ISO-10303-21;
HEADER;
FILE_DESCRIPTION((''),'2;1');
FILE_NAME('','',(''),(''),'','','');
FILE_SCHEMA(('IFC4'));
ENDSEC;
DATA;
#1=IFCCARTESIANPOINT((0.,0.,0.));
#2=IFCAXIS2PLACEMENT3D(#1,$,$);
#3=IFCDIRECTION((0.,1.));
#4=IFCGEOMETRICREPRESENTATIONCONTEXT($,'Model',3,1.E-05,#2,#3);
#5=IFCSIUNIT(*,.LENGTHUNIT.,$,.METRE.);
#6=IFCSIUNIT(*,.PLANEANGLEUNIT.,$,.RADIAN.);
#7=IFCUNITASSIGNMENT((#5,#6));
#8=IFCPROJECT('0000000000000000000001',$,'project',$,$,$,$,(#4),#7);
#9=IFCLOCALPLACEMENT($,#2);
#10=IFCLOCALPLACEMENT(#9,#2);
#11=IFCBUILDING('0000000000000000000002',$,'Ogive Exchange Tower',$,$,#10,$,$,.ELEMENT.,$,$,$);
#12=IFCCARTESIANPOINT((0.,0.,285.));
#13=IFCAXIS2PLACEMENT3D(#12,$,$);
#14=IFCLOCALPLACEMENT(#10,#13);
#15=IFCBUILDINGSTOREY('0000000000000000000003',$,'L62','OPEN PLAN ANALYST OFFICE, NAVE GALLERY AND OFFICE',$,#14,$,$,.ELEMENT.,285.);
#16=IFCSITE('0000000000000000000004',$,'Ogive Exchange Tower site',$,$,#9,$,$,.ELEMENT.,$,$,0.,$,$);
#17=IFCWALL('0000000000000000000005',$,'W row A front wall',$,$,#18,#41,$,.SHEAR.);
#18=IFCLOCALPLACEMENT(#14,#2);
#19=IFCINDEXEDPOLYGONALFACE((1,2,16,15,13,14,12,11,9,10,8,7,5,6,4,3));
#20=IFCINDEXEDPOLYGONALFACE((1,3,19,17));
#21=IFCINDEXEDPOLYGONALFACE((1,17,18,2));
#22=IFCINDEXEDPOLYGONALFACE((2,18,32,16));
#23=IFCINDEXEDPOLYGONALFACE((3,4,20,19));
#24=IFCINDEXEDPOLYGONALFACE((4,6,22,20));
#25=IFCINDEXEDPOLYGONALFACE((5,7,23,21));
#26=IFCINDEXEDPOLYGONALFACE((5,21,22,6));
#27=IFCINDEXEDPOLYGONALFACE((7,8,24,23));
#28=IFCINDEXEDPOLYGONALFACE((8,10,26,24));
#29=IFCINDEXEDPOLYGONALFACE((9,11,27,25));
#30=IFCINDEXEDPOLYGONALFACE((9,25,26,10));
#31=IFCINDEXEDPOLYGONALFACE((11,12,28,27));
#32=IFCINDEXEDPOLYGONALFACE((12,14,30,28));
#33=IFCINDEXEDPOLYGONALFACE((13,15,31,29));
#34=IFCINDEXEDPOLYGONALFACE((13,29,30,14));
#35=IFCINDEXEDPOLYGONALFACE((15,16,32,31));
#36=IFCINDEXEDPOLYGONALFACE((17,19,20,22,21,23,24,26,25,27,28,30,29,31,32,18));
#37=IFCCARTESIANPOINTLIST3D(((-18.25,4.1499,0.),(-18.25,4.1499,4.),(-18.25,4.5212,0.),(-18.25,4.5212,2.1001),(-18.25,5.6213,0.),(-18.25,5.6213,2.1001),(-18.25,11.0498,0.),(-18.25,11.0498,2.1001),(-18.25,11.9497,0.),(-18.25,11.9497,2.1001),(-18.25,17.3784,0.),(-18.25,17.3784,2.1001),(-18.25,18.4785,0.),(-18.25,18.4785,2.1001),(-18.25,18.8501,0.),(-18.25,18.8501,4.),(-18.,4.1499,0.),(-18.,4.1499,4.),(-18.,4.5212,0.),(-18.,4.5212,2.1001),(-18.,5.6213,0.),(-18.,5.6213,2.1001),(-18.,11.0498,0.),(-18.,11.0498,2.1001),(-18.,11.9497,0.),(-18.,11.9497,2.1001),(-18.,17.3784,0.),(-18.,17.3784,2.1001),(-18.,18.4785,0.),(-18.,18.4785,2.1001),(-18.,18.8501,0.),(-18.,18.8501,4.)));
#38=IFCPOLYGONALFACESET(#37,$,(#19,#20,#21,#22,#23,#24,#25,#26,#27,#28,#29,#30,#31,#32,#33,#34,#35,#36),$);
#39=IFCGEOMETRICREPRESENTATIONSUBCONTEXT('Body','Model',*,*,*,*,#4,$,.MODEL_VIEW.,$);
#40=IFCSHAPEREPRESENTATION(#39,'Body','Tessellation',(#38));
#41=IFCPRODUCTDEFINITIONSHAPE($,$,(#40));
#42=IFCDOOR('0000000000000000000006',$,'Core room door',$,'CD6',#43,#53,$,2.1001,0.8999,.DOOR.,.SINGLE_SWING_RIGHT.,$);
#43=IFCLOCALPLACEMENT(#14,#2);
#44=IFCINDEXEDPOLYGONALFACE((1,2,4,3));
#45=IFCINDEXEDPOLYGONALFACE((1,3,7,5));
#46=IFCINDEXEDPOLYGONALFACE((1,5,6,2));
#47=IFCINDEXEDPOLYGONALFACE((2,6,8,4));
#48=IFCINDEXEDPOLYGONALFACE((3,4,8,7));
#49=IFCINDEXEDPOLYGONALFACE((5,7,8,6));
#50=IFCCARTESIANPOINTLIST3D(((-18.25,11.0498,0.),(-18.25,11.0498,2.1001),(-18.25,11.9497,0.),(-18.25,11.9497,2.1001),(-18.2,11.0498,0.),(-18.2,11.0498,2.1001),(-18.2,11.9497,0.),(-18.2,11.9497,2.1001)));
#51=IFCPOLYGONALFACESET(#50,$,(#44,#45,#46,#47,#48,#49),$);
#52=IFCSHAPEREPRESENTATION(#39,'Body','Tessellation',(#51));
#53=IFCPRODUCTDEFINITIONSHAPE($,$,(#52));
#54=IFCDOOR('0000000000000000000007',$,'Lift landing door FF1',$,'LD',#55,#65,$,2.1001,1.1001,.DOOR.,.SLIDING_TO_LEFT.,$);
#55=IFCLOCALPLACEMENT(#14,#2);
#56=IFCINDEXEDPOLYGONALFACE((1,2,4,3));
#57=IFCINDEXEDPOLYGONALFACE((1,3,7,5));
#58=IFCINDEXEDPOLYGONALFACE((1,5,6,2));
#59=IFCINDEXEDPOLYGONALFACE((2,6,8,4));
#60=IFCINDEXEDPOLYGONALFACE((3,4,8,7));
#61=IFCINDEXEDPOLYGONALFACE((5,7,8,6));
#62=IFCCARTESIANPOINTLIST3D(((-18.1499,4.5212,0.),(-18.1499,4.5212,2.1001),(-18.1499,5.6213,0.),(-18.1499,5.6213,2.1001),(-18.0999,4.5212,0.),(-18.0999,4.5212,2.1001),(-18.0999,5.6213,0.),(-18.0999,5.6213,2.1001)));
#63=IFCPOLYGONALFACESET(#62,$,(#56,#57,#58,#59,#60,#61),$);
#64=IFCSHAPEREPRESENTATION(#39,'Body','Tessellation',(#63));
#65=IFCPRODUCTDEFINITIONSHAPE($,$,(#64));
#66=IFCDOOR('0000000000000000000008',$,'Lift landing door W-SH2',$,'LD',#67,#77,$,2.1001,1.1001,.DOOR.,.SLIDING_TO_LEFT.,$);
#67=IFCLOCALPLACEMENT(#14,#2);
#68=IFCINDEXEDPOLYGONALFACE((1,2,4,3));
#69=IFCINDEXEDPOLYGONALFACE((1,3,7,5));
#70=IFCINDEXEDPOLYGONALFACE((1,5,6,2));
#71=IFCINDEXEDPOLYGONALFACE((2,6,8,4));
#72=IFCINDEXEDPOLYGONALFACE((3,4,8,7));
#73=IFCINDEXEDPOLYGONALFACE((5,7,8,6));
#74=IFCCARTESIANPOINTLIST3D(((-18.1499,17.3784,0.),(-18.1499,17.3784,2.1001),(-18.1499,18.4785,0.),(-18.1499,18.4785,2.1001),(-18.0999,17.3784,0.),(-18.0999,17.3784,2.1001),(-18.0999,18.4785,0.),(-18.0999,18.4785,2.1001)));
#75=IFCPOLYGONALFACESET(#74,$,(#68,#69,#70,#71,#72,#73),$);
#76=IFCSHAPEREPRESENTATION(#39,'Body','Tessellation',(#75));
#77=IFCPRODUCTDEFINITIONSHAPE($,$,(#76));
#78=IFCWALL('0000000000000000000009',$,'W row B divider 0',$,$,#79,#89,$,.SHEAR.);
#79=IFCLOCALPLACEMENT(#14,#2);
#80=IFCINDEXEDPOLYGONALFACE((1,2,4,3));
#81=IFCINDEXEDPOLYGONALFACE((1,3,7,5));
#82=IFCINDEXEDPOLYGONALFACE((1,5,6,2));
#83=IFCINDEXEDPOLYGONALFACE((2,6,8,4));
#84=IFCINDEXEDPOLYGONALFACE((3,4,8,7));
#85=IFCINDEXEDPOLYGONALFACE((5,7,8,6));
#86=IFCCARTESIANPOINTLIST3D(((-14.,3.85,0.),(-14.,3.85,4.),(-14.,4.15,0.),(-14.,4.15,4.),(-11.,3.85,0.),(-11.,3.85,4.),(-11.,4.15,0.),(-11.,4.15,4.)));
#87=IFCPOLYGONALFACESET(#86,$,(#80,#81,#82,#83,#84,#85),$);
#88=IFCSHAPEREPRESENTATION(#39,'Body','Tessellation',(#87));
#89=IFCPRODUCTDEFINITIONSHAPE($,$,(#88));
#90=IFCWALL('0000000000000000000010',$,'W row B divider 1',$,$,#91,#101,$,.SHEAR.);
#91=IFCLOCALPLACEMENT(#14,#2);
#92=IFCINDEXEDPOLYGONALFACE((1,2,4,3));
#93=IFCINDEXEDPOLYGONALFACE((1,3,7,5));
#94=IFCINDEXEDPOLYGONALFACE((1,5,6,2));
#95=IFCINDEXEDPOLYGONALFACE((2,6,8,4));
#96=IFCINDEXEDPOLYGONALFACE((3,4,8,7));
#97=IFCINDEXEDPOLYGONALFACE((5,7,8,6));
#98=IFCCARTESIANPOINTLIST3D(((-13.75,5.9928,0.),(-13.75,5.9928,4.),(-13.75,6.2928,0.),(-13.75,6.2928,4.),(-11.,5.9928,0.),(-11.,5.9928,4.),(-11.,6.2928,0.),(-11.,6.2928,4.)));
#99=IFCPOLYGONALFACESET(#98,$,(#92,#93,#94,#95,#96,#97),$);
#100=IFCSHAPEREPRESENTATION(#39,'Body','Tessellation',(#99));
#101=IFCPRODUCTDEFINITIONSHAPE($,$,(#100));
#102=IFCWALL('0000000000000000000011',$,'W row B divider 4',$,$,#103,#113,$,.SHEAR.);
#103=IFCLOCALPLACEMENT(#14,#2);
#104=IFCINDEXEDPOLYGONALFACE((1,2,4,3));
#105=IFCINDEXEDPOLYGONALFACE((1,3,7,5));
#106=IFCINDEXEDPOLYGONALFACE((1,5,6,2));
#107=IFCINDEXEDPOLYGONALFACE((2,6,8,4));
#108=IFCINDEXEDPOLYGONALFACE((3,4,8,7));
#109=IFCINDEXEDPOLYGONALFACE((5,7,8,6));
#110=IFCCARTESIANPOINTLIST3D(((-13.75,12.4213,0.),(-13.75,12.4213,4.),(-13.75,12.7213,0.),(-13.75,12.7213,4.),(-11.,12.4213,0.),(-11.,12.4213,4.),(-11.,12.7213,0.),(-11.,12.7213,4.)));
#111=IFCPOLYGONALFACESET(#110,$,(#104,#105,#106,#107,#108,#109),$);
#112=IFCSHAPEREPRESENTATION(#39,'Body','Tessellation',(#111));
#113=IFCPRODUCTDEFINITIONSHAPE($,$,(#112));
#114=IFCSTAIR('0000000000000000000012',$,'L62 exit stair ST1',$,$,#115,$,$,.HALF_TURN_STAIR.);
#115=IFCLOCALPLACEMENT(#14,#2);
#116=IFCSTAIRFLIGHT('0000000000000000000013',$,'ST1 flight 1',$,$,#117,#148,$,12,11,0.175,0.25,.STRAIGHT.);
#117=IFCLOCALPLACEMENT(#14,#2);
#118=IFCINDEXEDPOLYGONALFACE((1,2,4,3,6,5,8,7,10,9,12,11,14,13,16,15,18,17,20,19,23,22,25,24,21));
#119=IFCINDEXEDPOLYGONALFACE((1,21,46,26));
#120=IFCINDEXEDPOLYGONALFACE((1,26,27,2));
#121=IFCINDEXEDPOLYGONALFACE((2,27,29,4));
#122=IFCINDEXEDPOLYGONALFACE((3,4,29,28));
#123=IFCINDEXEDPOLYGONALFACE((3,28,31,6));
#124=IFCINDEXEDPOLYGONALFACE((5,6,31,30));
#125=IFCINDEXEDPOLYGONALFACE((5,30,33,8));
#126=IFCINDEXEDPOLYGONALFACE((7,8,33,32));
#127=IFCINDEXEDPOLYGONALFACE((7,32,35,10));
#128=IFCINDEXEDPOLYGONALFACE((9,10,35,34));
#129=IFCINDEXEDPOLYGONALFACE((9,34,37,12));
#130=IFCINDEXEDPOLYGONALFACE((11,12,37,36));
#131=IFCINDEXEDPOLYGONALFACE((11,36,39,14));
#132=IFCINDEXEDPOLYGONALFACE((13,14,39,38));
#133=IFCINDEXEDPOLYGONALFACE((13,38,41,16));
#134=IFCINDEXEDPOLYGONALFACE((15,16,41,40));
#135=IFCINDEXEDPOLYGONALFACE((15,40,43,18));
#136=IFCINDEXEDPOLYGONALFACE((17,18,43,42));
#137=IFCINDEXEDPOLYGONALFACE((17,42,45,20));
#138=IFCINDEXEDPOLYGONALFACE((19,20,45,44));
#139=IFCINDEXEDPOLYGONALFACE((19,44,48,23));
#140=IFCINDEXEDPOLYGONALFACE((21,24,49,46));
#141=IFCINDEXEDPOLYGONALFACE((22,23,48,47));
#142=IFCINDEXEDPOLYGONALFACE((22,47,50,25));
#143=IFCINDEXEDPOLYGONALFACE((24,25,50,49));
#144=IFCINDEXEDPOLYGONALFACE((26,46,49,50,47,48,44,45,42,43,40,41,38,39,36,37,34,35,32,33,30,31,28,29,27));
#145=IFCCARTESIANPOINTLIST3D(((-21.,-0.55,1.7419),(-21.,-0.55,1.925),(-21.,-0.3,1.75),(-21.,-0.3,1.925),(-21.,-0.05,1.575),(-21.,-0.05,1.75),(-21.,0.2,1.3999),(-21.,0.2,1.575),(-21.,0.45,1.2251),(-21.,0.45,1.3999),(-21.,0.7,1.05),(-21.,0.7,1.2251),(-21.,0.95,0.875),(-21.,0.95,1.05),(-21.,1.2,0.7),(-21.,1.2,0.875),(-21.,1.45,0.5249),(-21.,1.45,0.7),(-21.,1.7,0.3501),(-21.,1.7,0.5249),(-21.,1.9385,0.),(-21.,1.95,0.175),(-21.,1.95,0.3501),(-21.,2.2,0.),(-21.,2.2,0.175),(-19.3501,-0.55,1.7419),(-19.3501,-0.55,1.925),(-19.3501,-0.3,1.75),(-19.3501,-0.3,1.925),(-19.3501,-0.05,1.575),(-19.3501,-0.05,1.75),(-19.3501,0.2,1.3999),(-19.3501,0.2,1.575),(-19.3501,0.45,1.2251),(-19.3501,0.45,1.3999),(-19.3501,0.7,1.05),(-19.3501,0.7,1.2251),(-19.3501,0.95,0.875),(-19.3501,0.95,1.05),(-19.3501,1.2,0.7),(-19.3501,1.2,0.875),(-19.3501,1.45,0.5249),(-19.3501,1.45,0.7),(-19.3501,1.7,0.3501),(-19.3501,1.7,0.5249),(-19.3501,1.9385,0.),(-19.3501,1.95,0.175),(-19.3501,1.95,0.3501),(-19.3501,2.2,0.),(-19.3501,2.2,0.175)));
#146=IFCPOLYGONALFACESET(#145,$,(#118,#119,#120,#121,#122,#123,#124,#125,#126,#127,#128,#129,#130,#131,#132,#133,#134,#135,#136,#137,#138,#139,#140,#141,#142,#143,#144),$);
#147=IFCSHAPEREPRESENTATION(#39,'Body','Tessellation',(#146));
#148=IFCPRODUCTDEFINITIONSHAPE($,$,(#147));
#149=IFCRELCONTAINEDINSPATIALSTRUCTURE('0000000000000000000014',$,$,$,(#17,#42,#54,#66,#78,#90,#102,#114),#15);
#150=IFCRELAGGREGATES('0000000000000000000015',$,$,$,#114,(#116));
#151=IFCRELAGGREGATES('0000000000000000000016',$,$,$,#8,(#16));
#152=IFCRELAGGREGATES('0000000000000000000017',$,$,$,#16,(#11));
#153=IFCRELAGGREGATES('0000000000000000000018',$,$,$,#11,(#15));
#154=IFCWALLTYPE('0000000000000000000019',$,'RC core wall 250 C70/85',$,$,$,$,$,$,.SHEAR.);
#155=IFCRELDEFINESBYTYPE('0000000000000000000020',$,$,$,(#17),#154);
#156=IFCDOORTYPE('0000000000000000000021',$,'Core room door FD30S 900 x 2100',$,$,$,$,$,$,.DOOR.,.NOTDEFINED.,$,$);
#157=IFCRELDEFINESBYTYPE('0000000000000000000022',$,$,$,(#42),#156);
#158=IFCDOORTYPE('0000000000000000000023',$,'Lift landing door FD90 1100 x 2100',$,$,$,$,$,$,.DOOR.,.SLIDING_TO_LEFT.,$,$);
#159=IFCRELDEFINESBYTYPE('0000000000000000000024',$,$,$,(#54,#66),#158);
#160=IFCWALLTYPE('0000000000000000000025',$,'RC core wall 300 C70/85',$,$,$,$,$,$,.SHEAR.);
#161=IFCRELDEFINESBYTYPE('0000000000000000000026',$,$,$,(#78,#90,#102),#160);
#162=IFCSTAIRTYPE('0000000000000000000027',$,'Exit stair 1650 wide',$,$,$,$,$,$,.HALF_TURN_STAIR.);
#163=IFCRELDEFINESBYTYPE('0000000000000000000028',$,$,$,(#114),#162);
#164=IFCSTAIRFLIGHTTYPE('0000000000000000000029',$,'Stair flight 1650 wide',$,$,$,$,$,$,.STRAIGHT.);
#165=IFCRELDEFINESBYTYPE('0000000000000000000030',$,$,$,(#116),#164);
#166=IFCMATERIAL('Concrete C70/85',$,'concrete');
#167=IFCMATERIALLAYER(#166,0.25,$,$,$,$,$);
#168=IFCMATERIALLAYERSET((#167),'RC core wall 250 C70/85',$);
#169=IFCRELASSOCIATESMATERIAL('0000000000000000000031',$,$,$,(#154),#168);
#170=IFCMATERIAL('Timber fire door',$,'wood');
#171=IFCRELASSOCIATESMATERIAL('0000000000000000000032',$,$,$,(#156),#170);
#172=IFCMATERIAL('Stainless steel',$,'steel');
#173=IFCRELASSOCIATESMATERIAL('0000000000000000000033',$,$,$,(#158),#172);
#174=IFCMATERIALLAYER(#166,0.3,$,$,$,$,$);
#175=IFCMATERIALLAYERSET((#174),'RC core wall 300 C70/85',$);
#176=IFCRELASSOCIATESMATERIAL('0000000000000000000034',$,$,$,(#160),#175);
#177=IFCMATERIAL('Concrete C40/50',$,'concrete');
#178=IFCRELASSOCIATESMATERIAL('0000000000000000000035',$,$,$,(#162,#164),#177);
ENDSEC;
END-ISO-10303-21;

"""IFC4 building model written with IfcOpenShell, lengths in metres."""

from ifc_helpers import new_model, si_unit, direction, frame, frame_2d, origin, place, context, subcontext, project, spatial, polyline, rectangle, outline, extrude, material, layer, layer_set, type_object, element, fill, aggregate, save


model = new_model("IFC4")

# Units and contexts
model_context = context("Model", 3, precision=1e-05, world=origin(), true_north=direction((0.0, 1.0)))
body_context = subcontext(model_context, "Body", "Model", "MODEL_VIEW")
ifc_project = project(units=[si_unit("LENGTHUNIT", "METRE"), si_unit("PLANEANGLEUNIT", "RADIAN")], contexts=[model_context])

# Site, building, storey
site_placement = place(None, origin())
site = spatial("IfcSite", under=ifc_project, at=site_placement, Name="Ogive Exchange Tower site", CompositionType="ELEMENT", RefElevation=0.0)
building_placement = place(site_placement, origin())
building = spatial("IfcBuilding", under=site, at=building_placement, Name="Ogive Exchange Tower", CompositionType="ELEMENT")
storey_placement = place(building_placement, frame((0.0, 0.0, 285.0)))
storey = spatial("IfcBuildingStorey", under=building, at=storey_placement, Name="L62", Description="OPEN PLAN ANALYST OFFICE, NAVE GALLERY AND OFFICE", CompositionType="ELEMENT", Elevation=285.0)

# Shared definitions
ifc_material_1 = material(Name="Concrete C70/85", Category="concrete")

# Wall, openings, doors
ifc_layer_1 = layer(ifc_material_1, 0.25)
ifc_layer_set_1 = layer_set([ifc_layer_1], Name="RC core wall 250 C70/85")
wall_type_1 = type_object("IfcWallType", Name="RC core wall 250 C70/85", PredefinedType="SHEAR", material=ifc_layer_set_1)
wall_1_placement = place(storey_placement, frame((-18.125, 4.1499, 0.0), z_axis=(0.0, 0.0, 1.0), x_axis=(0.0, 1.0, 0.0)))
wall_1 = element("IfcWall", 1, at=wall_1_placement, inside=storey, type_object=wall_type_1, Name="W row A front wall", PredefinedType="SHEAR", context=body_context, shape_type="SweptSolid", body=[
    extrude(rectangle(XDim=14.7002, YDim=0.25, at=frame_2d((7.3501, 0.0))), origin(), (0.0, 0.0, 1.0), 4.0),
])
opening_1_placement = place(wall_1_placement, frame((6.8999, 0.0, 0.0)))
opening_1 = element("IfcOpeningElement", 2, at=opening_1_placement, cuts=wall_1, PredefinedType="OPENING", context=body_context, shape_type="SweptSolid", body=[
    extrude(rectangle(XDim=0.8999, YDim=2.1001, at=frame_2d((0.45, 1.05))), frame((0.0, 0.135, 0.0), z_axis=(0.0, -1.0, 0.0), x_axis=(1.0, 0.0, 0.0)), (0.0, 0.0, 1.0), 0.27),
])
opening_2_placement = place(wall_1_placement, frame((0.3713, 0.0, 0.0)))
opening_2 = element("IfcOpeningElement", 3, at=opening_2_placement, cuts=wall_1, PredefinedType="OPENING", context=body_context, shape_type="SweptSolid", body=[
    extrude(rectangle(XDim=1.1001, YDim=2.1001, at=frame_2d((0.55, 1.05))), frame((0.0, 0.135, 0.0), z_axis=(0.0, -1.0, 0.0), x_axis=(1.0, 0.0, 0.0)), (0.0, 0.0, 1.0), 0.27),
])
opening_3_placement = place(wall_1_placement, frame((13.2285, 0.0, 0.0)))
opening_3 = element("IfcOpeningElement", 4, at=opening_3_placement, cuts=wall_1, PredefinedType="OPENING", context=body_context, shape_type="SweptSolid", body=[
    extrude(rectangle(XDim=1.1001, YDim=2.1001, at=frame_2d((0.55, 1.05))), frame((0.0, 0.135, 0.0), z_axis=(0.0, -1.0, 0.0), x_axis=(1.0, 0.0, 0.0)), (0.0, 0.0, 1.0), 0.27),
])
ifc_material_2 = material(Name="Timber fire door", Category="wood")
door_type_1 = type_object("IfcDoorType", Name="Core room door FD30S 900 x 2100", OperationType="NOTDEFINED", PredefinedType="DOOR", material=ifc_material_2)
door_1_placement = place(opening_1_placement, origin())
door_1 = element("IfcDoor", 5, at=door_1_placement, inside=storey, type_object=door_type_1, Name="Core room door", ObjectType="CD6", OperationType="SINGLE_SWING_RIGHT", OverallHeight=2.1001, OverallWidth=0.8999, PredefinedType="DOOR", context=body_context, shape_type="SweptSolid", body=[
    extrude(rectangle(XDim=0.8999, YDim=2.1001, at=frame_2d((0.45, 1.05))), frame((0.0, 0.125, 0.0), z_axis=(0.0, -1.0, 0.0), x_axis=(1.0, 0.0, 0.0)), (0.0, 0.0, 1.0), 0.05),
])
fill(opening_1, door_1)
ifc_material_3 = material(Name="Stainless steel", Category="steel")
door_type_2 = type_object("IfcDoorType", Name="Lift landing door FD90 1100 x 2100", OperationType="SLIDING_TO_LEFT", PredefinedType="DOOR", material=ifc_material_3)
door_2_placement = place(opening_2_placement, origin())
door_2 = element("IfcDoor", 6, at=door_2_placement, inside=storey, type_object=door_type_2, Name="Lift landing door FF1", ObjectType="LD", OperationType="SLIDING_TO_LEFT", OverallHeight=2.1001, OverallWidth=1.1001, PredefinedType="DOOR", context=body_context, shape_type="SweptSolid", body=[
    extrude(rectangle(XDim=1.1001, YDim=2.1001, at=frame_2d((0.55, 1.05))), frame((0.0, 0.0249, 0.0), z_axis=(0.0, -1.0, 0.0), x_axis=(1.0, 0.0, 0.0)), (0.0, 0.0, 1.0), 0.05),
])
fill(opening_2, door_2)
door_3_placement = place(opening_3_placement, origin())
door_3 = element("IfcDoor", 7, at=door_3_placement, inside=storey, type_object=door_type_2, Name="Lift landing door W-SH2", ObjectType="LD", OperationType="SLIDING_TO_LEFT", OverallHeight=2.1001, OverallWidth=1.1001, PredefinedType="DOOR", context=body_context, shape_type="SweptSolid", body=[
    extrude(rectangle(XDim=1.1001, YDim=2.1001, at=frame_2d((0.55, 1.05))), frame((0.0, 0.0249, 0.0), z_axis=(0.0, -1.0, 0.0), x_axis=(1.0, 0.0, 0.0)), (0.0, 0.0, 1.0), 0.05),
])
fill(opening_3, door_3)

# Walls
ifc_layer_2 = layer(ifc_material_1, 0.3)
ifc_layer_set_2 = layer_set([ifc_layer_2], Name="RC core wall 300 C70/85")
wall_type_2 = type_object("IfcWallType", Name="RC core wall 300 C70/85", PredefinedType="SHEAR", material=ifc_layer_set_2)
wall_2_placement = place(storey_placement, frame((-14.0, 4.0, 0.0), z_axis=(0.0, 0.0, 1.0), x_axis=(1.0, 0.0, 0.0)))
element("IfcWall", 8, at=wall_2_placement, inside=storey, type_object=wall_type_2, Name="W row B divider 0", PredefinedType="SHEAR", context=body_context, shape_type="SweptSolid", body=[
    extrude(rectangle(XDim=3.0, YDim=0.3, at=frame_2d((1.5, 0.0))), origin(), (0.0, 0.0, 1.0), 4.0),
])
for number, where, z_axis, x_axis, name in (
    (9, (-13.75, 6.1428, 0.0), (0.0, 0.0, 1.0), (1.0, 0.0, 0.0), "W row B divider 1"),
    (10, (-13.75, 12.5713, 0.0), (0.0, 0.0, 1.0), (1.0, 0.0, 0.0), "W row B divider 4"),
):
    element("IfcWall", number, at=place(storey_placement, frame(where, z_axis=z_axis, x_axis=x_axis)), inside=storey, type_object=wall_type_2, Name=name, PredefinedType="SHEAR", context=body_context, shape_type="SweptSolid", body=[
        extrude(rectangle(XDim=2.75, YDim=0.3, at=frame_2d((1.375, 0.0))), origin(), (0.0, 0.0, 1.0), 4.0),
    ])

# Stair, stair flight
ifc_material_4 = material(Name="Concrete C40/50", Category="concrete")
stair_type = type_object("IfcStairType", Name="Exit stair 1650 wide", PredefinedType="HALF_TURN_STAIR", material=ifc_material_4)
stair_placement = place(storey_placement, origin())
stair = element("IfcStair", 11, at=stair_placement, inside=storey, type_object=stair_type, Name="L62 exit stair ST1", PredefinedType="HALF_TURN_STAIR")
stair_flight_type = type_object("IfcStairFlightType", Name="Stair flight 1650 wide", PredefinedType="STRAIGHT", material=ifc_material_4)
stair_flight_placement = place(storey_placement, frame((-20.175, 2.2, 0.0), z_axis=(0.0, 0.0, 1.0), x_axis=(0.0, -1.0, 0.0)))
stair_flight = element("IfcStairFlight", 12, at=stair_flight_placement, type_object=stair_flight_type, Name="ST1 flight 1", NumberOfRisers=12, NumberOfTreads=11, PredefinedType="STRAIGHT", RiserHeight=0.175, TreadLength=0.25, context=body_context, shape_type="SweptSolid", body=[
    extrude(outline(polyline([(0.0, 0.0), (0.0, 0.175), (0.25, 0.175), (0.25, 0.3501), (0.5, 0.3501), (0.5, 0.5249), (0.75, 0.5249), (0.75, 0.7), (1.0, 0.7), (1.0, 0.875), (1.25, 0.875), (1.25, 1.05), (1.5, 1.05), (1.5, 1.2251), (1.75, 1.2251), (1.75, 1.3999), (2.0, 1.3999), (2.0, 1.575), (2.25, 1.575), (2.25, 1.75), (2.5, 1.75), (2.5, 1.925), (2.75, 1.925), (2.75, 2.1001), (2.75, 1.7419), (0.2615, 0.0), (0.0, 0.0)])), frame((0.0, 0.825, 0.0), z_axis=(0.0, -1.0, 0.0), x_axis=(1.0, 0.0, 0.0)), (0.0, 0.0, 1.0), 1.6499),
])
aggregate(stair, [stair_flight])

save(model, "model.ifc")
